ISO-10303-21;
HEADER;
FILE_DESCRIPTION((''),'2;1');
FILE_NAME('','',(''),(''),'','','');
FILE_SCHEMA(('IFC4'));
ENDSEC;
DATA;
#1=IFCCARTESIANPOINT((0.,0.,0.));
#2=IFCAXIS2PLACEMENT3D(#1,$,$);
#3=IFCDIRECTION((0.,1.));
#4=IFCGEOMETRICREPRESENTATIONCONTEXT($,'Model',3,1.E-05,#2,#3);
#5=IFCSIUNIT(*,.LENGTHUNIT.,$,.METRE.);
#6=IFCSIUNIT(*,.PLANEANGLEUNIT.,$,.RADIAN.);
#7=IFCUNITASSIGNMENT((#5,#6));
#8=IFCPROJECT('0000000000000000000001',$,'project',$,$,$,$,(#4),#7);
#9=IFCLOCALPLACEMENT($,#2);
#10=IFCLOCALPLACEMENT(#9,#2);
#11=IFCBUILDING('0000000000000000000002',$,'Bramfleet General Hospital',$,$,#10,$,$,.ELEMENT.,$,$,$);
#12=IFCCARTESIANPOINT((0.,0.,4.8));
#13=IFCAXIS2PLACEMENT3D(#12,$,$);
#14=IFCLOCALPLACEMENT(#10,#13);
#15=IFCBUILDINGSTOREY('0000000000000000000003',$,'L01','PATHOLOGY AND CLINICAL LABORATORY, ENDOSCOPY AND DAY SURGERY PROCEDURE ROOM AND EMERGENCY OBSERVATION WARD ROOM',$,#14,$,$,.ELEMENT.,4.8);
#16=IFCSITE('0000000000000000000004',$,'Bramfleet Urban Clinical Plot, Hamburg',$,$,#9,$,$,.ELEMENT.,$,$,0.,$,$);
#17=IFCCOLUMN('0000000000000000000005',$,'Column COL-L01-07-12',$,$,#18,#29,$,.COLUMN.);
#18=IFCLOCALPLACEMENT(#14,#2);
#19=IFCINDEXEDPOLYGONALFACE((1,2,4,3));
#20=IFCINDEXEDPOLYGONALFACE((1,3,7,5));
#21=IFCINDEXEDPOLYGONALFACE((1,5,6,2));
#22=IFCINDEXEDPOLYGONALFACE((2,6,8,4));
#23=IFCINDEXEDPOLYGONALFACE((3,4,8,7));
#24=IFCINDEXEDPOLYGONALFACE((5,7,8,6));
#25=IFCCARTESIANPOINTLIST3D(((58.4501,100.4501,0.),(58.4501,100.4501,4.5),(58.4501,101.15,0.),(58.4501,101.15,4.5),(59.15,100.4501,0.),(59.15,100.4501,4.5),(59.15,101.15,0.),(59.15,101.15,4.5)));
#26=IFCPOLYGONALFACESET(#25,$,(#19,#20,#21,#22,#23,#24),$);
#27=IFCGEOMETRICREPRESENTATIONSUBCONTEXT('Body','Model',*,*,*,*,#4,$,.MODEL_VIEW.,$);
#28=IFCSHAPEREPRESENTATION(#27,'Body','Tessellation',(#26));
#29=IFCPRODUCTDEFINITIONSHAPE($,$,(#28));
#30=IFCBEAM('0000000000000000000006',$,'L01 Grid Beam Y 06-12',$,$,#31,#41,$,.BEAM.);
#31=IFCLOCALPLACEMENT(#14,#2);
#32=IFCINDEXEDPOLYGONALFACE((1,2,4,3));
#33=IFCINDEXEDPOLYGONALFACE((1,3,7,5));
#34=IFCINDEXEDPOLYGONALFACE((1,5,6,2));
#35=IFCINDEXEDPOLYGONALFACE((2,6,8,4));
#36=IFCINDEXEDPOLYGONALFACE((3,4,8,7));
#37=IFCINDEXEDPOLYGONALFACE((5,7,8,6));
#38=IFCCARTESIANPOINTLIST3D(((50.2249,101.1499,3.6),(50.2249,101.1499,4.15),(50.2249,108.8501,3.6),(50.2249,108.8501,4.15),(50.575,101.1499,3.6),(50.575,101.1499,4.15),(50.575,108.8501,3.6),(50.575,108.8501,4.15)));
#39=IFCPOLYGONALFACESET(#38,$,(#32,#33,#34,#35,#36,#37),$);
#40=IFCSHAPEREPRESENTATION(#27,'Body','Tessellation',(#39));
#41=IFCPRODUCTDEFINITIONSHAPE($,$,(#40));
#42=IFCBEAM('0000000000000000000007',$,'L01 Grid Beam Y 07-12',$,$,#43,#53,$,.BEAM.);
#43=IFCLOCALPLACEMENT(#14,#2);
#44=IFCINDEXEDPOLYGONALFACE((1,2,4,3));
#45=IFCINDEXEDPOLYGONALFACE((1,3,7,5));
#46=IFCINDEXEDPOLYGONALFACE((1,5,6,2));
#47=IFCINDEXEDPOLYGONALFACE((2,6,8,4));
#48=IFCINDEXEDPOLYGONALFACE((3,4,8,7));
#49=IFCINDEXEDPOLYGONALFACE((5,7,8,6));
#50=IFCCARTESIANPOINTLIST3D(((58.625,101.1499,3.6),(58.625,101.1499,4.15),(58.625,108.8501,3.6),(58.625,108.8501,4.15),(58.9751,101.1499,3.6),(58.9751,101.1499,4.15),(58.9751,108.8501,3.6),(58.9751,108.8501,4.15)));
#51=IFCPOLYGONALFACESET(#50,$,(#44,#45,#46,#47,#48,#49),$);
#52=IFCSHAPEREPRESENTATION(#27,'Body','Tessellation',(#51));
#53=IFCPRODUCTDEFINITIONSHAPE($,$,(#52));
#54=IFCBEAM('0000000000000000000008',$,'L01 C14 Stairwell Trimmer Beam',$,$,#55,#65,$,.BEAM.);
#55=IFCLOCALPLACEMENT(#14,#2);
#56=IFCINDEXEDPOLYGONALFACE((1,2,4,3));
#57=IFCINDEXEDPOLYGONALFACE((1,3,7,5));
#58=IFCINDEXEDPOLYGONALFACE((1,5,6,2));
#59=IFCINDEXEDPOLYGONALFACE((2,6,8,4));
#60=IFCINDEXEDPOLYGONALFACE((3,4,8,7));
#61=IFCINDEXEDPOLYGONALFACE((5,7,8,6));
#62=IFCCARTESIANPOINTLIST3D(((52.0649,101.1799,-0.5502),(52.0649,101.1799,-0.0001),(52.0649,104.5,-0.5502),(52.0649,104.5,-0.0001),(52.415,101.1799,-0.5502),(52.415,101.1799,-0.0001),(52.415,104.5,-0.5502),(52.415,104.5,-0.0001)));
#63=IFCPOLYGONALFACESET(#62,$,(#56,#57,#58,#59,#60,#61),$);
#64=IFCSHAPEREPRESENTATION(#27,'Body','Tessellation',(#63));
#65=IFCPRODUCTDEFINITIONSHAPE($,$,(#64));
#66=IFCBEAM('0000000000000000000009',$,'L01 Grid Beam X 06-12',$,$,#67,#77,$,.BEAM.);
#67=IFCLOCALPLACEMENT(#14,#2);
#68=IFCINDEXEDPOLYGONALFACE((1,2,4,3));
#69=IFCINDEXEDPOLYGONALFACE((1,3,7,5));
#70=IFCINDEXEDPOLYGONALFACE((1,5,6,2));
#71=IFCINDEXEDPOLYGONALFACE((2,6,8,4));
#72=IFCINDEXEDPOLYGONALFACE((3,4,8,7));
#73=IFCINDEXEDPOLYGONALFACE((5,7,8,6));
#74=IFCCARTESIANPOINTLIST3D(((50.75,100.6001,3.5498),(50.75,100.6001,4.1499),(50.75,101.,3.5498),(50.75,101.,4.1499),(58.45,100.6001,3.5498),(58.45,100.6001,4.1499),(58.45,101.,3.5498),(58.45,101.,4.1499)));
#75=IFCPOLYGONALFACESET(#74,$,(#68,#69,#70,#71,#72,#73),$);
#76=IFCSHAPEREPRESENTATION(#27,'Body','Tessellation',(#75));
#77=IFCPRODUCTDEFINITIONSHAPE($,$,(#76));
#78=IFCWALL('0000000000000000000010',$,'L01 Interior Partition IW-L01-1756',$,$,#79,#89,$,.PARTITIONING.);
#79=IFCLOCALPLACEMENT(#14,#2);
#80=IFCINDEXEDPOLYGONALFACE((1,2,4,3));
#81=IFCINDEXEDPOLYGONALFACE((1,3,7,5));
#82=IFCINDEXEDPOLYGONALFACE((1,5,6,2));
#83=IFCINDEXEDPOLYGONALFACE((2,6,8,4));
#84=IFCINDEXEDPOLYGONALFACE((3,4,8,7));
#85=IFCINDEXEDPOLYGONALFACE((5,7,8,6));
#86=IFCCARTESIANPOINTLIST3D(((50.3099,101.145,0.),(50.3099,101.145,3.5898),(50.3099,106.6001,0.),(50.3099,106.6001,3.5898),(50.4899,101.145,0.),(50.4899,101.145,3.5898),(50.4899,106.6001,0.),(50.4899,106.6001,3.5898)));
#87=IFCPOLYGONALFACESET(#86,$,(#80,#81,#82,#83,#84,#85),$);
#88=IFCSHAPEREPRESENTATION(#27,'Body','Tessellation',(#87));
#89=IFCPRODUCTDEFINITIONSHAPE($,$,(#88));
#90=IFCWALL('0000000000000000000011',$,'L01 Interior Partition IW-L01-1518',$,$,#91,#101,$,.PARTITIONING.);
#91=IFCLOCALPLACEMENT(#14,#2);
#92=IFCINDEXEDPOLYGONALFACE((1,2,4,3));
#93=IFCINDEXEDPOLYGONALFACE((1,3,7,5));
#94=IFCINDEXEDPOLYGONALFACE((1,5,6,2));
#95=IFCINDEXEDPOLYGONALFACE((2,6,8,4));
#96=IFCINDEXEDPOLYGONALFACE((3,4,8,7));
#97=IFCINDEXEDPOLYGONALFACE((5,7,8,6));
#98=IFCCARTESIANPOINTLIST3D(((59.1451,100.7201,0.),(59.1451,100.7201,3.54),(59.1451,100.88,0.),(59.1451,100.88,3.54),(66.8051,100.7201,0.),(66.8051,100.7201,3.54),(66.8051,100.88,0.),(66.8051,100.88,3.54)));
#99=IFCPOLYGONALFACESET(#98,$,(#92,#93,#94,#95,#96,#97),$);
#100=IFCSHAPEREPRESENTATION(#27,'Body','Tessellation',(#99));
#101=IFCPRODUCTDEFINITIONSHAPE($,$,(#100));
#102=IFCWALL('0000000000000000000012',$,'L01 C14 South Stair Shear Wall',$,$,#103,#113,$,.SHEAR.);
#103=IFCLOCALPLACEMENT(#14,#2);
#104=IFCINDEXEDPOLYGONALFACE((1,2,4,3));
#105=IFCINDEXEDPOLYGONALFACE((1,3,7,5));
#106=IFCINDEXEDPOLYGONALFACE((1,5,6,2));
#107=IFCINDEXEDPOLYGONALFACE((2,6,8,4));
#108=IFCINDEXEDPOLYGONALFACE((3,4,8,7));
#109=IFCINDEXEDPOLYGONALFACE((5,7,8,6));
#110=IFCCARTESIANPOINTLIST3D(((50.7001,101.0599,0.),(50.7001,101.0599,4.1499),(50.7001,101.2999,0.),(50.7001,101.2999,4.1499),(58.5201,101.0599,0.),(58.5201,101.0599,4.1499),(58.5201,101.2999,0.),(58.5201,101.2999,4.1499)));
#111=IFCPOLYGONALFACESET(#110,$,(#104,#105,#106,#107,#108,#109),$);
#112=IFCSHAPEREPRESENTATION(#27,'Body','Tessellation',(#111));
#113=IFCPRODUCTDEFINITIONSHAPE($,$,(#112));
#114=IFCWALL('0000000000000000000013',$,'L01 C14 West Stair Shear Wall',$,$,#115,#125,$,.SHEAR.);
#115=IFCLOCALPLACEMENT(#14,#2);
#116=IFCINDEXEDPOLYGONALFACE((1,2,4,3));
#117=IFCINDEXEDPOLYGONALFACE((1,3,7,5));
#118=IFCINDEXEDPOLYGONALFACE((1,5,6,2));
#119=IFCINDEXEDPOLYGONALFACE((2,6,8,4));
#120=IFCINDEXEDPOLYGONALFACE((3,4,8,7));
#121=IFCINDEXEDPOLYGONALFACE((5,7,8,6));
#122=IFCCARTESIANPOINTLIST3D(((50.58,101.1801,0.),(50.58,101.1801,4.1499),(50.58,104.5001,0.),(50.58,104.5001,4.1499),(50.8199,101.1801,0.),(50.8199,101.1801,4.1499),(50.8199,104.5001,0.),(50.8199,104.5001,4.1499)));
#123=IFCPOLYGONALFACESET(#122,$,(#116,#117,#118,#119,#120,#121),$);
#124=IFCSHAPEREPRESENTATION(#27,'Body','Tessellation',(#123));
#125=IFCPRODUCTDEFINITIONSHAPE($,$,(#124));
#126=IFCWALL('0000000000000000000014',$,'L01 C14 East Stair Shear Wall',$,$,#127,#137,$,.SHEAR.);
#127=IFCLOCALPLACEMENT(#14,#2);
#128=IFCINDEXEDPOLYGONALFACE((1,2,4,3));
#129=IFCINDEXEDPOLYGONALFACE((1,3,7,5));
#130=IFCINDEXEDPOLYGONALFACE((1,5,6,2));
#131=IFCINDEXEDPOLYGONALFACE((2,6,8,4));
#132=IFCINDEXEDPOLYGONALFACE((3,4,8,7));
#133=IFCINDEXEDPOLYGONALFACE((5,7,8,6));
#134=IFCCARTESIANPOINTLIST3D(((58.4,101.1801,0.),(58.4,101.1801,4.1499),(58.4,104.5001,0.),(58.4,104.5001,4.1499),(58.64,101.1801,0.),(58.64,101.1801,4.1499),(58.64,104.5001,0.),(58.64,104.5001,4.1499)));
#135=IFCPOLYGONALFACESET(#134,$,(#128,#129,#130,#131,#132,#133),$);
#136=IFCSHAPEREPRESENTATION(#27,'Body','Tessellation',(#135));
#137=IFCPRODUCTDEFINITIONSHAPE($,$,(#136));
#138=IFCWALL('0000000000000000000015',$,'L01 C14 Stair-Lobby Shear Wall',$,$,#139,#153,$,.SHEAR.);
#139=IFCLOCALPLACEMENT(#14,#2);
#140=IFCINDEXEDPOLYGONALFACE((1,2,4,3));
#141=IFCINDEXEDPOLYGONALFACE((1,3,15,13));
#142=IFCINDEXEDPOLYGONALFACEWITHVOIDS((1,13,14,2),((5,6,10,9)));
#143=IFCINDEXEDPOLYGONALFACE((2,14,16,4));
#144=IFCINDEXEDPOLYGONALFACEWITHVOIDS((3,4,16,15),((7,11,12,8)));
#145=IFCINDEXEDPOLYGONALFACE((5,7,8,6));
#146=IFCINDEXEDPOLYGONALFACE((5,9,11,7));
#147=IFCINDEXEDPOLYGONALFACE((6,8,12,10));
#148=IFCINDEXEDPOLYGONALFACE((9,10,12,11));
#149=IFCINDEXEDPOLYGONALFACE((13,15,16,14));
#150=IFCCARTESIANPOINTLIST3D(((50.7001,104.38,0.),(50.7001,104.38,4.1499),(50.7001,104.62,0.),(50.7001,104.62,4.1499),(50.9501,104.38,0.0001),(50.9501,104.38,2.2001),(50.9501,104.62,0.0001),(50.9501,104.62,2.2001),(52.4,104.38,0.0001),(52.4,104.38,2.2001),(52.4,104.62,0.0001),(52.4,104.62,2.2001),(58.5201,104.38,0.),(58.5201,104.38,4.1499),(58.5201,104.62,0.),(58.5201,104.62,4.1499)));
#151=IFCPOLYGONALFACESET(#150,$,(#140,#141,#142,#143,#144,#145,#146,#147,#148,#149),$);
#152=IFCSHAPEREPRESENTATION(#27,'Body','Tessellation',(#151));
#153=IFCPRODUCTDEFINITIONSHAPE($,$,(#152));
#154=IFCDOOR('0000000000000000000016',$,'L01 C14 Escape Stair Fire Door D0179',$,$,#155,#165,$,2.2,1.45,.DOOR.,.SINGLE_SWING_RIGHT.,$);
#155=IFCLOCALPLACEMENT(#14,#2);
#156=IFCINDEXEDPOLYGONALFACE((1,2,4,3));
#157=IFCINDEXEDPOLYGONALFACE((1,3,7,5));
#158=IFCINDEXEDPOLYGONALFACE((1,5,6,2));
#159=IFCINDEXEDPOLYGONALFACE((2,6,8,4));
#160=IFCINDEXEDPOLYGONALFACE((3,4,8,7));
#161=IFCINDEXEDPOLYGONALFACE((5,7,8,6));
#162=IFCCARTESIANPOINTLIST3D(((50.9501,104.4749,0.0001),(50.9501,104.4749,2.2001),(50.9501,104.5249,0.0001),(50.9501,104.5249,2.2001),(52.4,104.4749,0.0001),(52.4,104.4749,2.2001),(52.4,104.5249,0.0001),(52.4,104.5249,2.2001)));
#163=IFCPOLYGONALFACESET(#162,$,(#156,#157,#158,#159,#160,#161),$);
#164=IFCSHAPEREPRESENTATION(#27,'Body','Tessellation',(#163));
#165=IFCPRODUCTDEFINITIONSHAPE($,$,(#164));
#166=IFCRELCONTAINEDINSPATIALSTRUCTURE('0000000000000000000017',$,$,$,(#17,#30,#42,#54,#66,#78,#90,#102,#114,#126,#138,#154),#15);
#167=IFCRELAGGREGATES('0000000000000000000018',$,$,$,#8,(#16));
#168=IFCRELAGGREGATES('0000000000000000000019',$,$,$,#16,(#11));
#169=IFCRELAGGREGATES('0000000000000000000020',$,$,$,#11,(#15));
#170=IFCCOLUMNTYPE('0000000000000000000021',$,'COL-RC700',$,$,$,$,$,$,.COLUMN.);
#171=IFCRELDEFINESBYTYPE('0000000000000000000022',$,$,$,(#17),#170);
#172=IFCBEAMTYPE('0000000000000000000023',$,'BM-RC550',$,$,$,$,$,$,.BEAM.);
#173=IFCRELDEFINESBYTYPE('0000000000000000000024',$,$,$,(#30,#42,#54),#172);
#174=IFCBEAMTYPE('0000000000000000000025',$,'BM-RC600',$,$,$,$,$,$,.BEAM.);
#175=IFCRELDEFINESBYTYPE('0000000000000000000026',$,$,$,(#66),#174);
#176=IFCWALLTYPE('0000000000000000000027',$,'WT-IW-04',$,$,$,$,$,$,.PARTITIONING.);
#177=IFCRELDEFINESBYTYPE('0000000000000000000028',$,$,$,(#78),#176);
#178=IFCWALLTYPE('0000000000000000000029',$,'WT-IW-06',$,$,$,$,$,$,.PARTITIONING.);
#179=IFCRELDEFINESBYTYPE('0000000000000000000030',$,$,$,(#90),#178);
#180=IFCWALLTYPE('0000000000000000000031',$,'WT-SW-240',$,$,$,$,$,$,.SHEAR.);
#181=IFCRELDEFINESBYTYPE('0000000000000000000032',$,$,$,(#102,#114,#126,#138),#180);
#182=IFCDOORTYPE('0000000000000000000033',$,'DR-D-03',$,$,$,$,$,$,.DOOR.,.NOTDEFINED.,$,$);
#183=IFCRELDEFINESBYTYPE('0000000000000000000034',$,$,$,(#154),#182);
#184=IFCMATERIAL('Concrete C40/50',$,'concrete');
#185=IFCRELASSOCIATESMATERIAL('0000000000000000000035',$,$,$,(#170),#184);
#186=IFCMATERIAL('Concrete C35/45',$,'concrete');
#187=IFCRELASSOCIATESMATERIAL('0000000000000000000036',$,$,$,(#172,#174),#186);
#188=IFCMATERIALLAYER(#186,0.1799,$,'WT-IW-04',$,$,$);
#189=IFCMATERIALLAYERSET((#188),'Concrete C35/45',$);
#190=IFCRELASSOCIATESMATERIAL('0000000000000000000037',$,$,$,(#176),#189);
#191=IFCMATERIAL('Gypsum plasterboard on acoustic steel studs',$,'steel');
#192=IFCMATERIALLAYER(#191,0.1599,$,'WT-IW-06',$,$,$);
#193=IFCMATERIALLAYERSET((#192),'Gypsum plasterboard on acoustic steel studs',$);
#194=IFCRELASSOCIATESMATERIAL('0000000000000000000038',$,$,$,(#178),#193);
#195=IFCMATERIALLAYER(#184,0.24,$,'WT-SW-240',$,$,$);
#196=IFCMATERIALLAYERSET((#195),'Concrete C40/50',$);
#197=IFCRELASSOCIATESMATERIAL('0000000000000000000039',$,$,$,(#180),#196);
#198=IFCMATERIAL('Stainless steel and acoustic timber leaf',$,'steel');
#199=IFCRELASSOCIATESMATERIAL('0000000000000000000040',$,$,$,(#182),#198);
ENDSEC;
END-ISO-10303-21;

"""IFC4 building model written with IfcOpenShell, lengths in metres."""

from ifc_helpers import new_model, si_unit, direction, frame, frame_2d, origin, origin_2d, place, context, subcontext, project, spatial, rectangle, extrude, material, layer, layer_set, material_profile, profile_set, type_object, element, fill, save


model = new_model("IFC4")

# Units and contexts
model_context = context("Model", 3, precision=1e-05, world=origin(), true_north=direction((0.0, 1.0)))
body_context = subcontext(model_context, "Body", "Model", "MODEL_VIEW")
ifc_project = project(units=[si_unit("LENGTHUNIT", "METRE"), si_unit("PLANEANGLEUNIT", "RADIAN")], contexts=[model_context])

# Site, building, storey
site_placement = place(None, origin())
site = spatial("IfcSite", under=ifc_project, at=site_placement, Name="Bramfleet Urban Clinical Plot, Hamburg", CompositionType="ELEMENT", RefElevation=0.0)
building_placement = place(site_placement, origin())
building = spatial("IfcBuilding", under=site, at=building_placement, Name="Bramfleet General Hospital", CompositionType="ELEMENT")
storey_placement = place(building_placement, frame((0.0, 0.0, 4.8)))
storey = spatial("IfcBuildingStorey", under=building, at=storey_placement, Name="L01", Description="PATHOLOGY AND CLINICAL LABORATORY, ENDOSCOPY AND DAY SURGERY PROCEDURE ROOM AND EMERGENCY OBSERVATION WARD ROOM", CompositionType="ELEMENT", Elevation=4.8)

# Column
ifc_material_1 = material(Name="Concrete C40/50", Category="concrete")
ifc_material_profile_1 = material_profile(ifc_material_1, rectangle(XDim=0.7, YDim=0.7, at=origin_2d()), Name="RC COL 700x700")
ifc_profile_set_1 = profile_set([ifc_material_profile_1], Name="Concrete C40/50")
column_type = type_object("IfcColumnType", Name="COL-RC700", PredefinedType="COLUMN", material=ifc_profile_set_1)
column_placement = place(storey_placement, frame((58.8, 100.8, 0.0), z_axis=(0.0, 0.0, 1.0), x_axis=(1.0, 0.0, 0.0)))
element("IfcColumn", 1, at=column_placement, inside=storey, type_object=column_type, Name="Column COL-L01-07-12", PredefinedType="COLUMN", context=body_context, shape_type="SweptSolid", body=[
    extrude(rectangle(XDim=0.7, YDim=0.7, at=origin_2d()), origin(), (0.0, 0.0, 1.0), 4.5),
])

# Beams
ifc_material_2 = material(Name="Concrete C35/45", Category="concrete")
ifc_material_profile_2 = material_profile(ifc_material_2, rectangle(XDim=0.3501, YDim=0.55, at=origin_2d()), Name="RC BM 550x350")
ifc_profile_set_2 = profile_set([ifc_material_profile_2], Name="Concrete C35/45")
beam_type_1 = type_object("IfcBeamType", Name="BM-RC550", PredefinedType="BEAM", material=ifc_profile_set_2)
for number, where, z_axis, x_axis, name in (
    (2, (50.3999, 101.1499, 3.875), (0.0, 1.0, 0.0), (-1.0, 0.0, 0.0), "L01 Grid Beam Y 06-12"),
    (3, (58.8, 101.1499, 3.875), (0.0, 1.0, 0.0), (-1.0, 0.0, 0.0), "L01 Grid Beam Y 07-12"),
):
    element("IfcBeam", number, at=place(storey_placement, frame(where, z_axis=z_axis, x_axis=x_axis)), inside=storey, type_object=beam_type_1, Name=name, PredefinedType="BEAM", context=body_context, shape_type="SweptSolid", body=[
        extrude(rectangle(XDim=0.3501, YDim=0.55, at=origin_2d()), origin(), (0.0, 0.0, 1.0), 7.7002),
    ])
beam_1_placement = place(storey_placement, frame((52.24, 101.1799, -0.2751), z_axis=(0.0, 1.0, 0.0), x_axis=(-1.0, 0.0, 0.0)))
element("IfcBeam", 4, at=beam_1_placement, inside=storey, type_object=beam_type_1, Name="L01 C14 Stairwell Trimmer Beam", PredefinedType="BEAM", context=body_context, shape_type="SweptSolid", body=[
    extrude(rectangle(XDim=0.3501, YDim=0.55, at=origin_2d()), origin(), (0.0, 0.0, 1.0), 3.3201),
])
ifc_material_profile_3 = material_profile(ifc_material_2, rectangle(XDim=0.3999, YDim=0.6001, at=origin_2d()), Name="RC BM 600x400")
ifc_profile_set_3 = profile_set([ifc_material_profile_3], Name="Concrete C35/45")
beam_type_2 = type_object("IfcBeamType", Name="BM-RC600", PredefinedType="BEAM", material=ifc_profile_set_3)
beam_2_placement = place(storey_placement, frame((50.75, 100.8, 3.8499), z_axis=(1.0, 0.0, 0.0), x_axis=(0.0, 1.0, 0.0)))
element("IfcBeam", 5, at=beam_2_placement, inside=storey, type_object=beam_type_2, Name="L01 Grid Beam X 06-12", PredefinedType="BEAM", context=body_context, shape_type="SweptSolid", body=[
    extrude(rectangle(XDim=0.3999, YDim=0.6001, at=origin_2d()), origin(), (0.0, 0.0, 1.0), 7.7),
])

# Walls
ifc_layer_1 = layer(ifc_material_2, 0.1799, Name="WT-IW-04")
ifc_layer_set_1 = layer_set([ifc_layer_1], Name="Concrete C35/45")
wall_type_1 = type_object("IfcWallType", Name="WT-IW-04", PredefinedType="PARTITIONING", material=ifc_layer_set_1)
wall_1_placement = place(storey_placement, frame((50.3999, 101.145, 0.0), z_axis=(0.0, 0.0, 1.0), x_axis=(0.0, 1.0, 0.0)))
element("IfcWall", 6, at=wall_1_placement, inside=storey, type_object=wall_type_1, Name="L01 Interior Partition IW-L01-1756", PredefinedType="PARTITIONING", context=body_context, shape_type="SweptSolid", body=[
    extrude(rectangle(XDim=5.4551, YDim=0.1799, at=frame_2d((2.7275, 0.0))), origin(), (0.0, 0.0, 1.0), 3.5898),
])
ifc_material_3 = material(Name="Gypsum plasterboard on acoustic steel studs", Category="steel")
ifc_layer_2 = layer(ifc_material_3, 0.1599, Name="WT-IW-06")
ifc_layer_set_2 = layer_set([ifc_layer_2], Name="Gypsum plasterboard on acoustic steel studs")
wall_type_2 = type_object("IfcWallType", Name="WT-IW-06", PredefinedType="PARTITIONING", material=ifc_layer_set_2)
wall_2_placement = place(storey_placement, frame((59.145, 100.8, 0.0), z_axis=(0.0, 0.0, 1.0), x_axis=(1.0, 0.0, 0.0)))
element("IfcWall", 7, at=wall_2_placement, inside=storey, type_object=wall_type_2, Name="L01 Interior Partition IW-L01-1518", PredefinedType="PARTITIONING", context=body_context, shape_type="SweptSolid", body=[
    extrude(rectangle(XDim=7.6599, YDim=0.1599, at=frame_2d((3.8301, 0.0))), origin(), (0.0, 0.0, 1.0), 3.54),
])
ifc_layer_3 = layer(ifc_material_1, 0.24, Name="WT-SW-240")
ifc_layer_set_3 = layer_set([ifc_layer_3], Name="Concrete C40/50")
wall_type_3 = type_object("IfcWallType", Name="WT-SW-240", PredefinedType="SHEAR", material=ifc_layer_set_3)
wall_3_placement = place(storey_placement, frame((50.7, 101.1799, 0.0), z_axis=(0.0, 0.0, 1.0), x_axis=(1.0, 0.0, 0.0)))
element("IfcWall", 8, at=wall_3_placement, inside=storey, type_object=wall_type_3, Name="L01 C14 South Stair Shear Wall", PredefinedType="SHEAR", context=body_context, shape_type="SweptSolid", body=[
    extrude(rectangle(XDim=7.8201, YDim=0.24, at=frame_2d((3.9102, 0.0))), origin(), (0.0, 0.0, 1.0), 4.1499),
])
for number, where, z_axis, x_axis, name in (
    (9, (50.7, 101.1799, 0.0), (0.0, 0.0, 1.0), (0.0, 1.0, 0.0), "L01 C14 West Stair Shear Wall"),
    (10, (58.52, 101.1799, 0.0), (0.0, 0.0, 1.0), (0.0, 1.0, 0.0), "L01 C14 East Stair Shear Wall"),
):
    element("IfcWall", number, at=place(storey_placement, frame(where, z_axis=z_axis, x_axis=x_axis)), inside=storey, type_object=wall_type_3, Name=name, PredefinedType="SHEAR", context=body_context, shape_type="SweptSolid", body=[
        extrude(rectangle(XDim=3.3201, YDim=0.24, at=frame_2d((1.6602, 0.0))), origin(), (0.0, 0.0, 1.0), 4.1499),
    ])

# Wall, opening, door
wall_4_placement = place(storey_placement, frame((50.7, 104.5, 0.0), z_axis=(0.0, 0.0, 1.0), x_axis=(1.0, 0.0, 0.0)))
wall_4 = element("IfcWall", 11, at=wall_4_placement, inside=storey, type_object=wall_type_3, Name="L01 C14 Stair-Lobby Shear Wall", PredefinedType="SHEAR", context=body_context, shape_type="SweptSolid", body=[
    extrude(rectangle(XDim=7.8201, YDim=0.24, at=frame_2d((3.9102, 0.0))), origin(), (0.0, 0.0, 1.0), 4.1499),
])
opening_placement = place(wall_4_placement, frame((0.25, 0.0, 0.0)))
opening = element("IfcOpeningElement", 12, at=opening_placement, cuts=wall_4, PredefinedType="OPENING", context=body_context, shape_type="SweptSolid", body=[
    extrude(rectangle(XDim=1.45, YDim=2.2, at=frame_2d((0.7251, 1.1001))), frame((0.0, 0.1299, 0.0), z_axis=(0.0, -1.0, 0.0), x_axis=(1.0, 0.0, 0.0)), (0.0, 0.0, 1.0), 0.26),
])
ifc_material_4 = material(Name="Stainless steel and acoustic timber leaf", Category="steel")
door_type = type_object("IfcDoorType", Name="DR-D-03", OperationType="NOTDEFINED", PredefinedType="DOOR", material=ifc_material_4)
door_placement = place(opening_placement, origin())
door = element("IfcDoor", 13, at=door_placement, inside=storey, type_object=door_type, Name="L01 C14 Escape Stair Fire Door D0179", OperationType="SINGLE_SWING_RIGHT", OverallHeight=2.2, OverallWidth=1.45, PredefinedType="DOOR", context=body_context, shape_type="SweptSolid", body=[
    extrude(rectangle(XDim=1.45, YDim=2.2, at=frame_2d((0.7251, 1.1001))), frame((0.0, 0.0249, 0.0), z_axis=(0.0, -1.0, 0.0), x_axis=(1.0, 0.0, 0.0)), (0.0, 0.0, 1.0), 0.05),
])
fill(opening, door)

save(model, "model.ifc")
